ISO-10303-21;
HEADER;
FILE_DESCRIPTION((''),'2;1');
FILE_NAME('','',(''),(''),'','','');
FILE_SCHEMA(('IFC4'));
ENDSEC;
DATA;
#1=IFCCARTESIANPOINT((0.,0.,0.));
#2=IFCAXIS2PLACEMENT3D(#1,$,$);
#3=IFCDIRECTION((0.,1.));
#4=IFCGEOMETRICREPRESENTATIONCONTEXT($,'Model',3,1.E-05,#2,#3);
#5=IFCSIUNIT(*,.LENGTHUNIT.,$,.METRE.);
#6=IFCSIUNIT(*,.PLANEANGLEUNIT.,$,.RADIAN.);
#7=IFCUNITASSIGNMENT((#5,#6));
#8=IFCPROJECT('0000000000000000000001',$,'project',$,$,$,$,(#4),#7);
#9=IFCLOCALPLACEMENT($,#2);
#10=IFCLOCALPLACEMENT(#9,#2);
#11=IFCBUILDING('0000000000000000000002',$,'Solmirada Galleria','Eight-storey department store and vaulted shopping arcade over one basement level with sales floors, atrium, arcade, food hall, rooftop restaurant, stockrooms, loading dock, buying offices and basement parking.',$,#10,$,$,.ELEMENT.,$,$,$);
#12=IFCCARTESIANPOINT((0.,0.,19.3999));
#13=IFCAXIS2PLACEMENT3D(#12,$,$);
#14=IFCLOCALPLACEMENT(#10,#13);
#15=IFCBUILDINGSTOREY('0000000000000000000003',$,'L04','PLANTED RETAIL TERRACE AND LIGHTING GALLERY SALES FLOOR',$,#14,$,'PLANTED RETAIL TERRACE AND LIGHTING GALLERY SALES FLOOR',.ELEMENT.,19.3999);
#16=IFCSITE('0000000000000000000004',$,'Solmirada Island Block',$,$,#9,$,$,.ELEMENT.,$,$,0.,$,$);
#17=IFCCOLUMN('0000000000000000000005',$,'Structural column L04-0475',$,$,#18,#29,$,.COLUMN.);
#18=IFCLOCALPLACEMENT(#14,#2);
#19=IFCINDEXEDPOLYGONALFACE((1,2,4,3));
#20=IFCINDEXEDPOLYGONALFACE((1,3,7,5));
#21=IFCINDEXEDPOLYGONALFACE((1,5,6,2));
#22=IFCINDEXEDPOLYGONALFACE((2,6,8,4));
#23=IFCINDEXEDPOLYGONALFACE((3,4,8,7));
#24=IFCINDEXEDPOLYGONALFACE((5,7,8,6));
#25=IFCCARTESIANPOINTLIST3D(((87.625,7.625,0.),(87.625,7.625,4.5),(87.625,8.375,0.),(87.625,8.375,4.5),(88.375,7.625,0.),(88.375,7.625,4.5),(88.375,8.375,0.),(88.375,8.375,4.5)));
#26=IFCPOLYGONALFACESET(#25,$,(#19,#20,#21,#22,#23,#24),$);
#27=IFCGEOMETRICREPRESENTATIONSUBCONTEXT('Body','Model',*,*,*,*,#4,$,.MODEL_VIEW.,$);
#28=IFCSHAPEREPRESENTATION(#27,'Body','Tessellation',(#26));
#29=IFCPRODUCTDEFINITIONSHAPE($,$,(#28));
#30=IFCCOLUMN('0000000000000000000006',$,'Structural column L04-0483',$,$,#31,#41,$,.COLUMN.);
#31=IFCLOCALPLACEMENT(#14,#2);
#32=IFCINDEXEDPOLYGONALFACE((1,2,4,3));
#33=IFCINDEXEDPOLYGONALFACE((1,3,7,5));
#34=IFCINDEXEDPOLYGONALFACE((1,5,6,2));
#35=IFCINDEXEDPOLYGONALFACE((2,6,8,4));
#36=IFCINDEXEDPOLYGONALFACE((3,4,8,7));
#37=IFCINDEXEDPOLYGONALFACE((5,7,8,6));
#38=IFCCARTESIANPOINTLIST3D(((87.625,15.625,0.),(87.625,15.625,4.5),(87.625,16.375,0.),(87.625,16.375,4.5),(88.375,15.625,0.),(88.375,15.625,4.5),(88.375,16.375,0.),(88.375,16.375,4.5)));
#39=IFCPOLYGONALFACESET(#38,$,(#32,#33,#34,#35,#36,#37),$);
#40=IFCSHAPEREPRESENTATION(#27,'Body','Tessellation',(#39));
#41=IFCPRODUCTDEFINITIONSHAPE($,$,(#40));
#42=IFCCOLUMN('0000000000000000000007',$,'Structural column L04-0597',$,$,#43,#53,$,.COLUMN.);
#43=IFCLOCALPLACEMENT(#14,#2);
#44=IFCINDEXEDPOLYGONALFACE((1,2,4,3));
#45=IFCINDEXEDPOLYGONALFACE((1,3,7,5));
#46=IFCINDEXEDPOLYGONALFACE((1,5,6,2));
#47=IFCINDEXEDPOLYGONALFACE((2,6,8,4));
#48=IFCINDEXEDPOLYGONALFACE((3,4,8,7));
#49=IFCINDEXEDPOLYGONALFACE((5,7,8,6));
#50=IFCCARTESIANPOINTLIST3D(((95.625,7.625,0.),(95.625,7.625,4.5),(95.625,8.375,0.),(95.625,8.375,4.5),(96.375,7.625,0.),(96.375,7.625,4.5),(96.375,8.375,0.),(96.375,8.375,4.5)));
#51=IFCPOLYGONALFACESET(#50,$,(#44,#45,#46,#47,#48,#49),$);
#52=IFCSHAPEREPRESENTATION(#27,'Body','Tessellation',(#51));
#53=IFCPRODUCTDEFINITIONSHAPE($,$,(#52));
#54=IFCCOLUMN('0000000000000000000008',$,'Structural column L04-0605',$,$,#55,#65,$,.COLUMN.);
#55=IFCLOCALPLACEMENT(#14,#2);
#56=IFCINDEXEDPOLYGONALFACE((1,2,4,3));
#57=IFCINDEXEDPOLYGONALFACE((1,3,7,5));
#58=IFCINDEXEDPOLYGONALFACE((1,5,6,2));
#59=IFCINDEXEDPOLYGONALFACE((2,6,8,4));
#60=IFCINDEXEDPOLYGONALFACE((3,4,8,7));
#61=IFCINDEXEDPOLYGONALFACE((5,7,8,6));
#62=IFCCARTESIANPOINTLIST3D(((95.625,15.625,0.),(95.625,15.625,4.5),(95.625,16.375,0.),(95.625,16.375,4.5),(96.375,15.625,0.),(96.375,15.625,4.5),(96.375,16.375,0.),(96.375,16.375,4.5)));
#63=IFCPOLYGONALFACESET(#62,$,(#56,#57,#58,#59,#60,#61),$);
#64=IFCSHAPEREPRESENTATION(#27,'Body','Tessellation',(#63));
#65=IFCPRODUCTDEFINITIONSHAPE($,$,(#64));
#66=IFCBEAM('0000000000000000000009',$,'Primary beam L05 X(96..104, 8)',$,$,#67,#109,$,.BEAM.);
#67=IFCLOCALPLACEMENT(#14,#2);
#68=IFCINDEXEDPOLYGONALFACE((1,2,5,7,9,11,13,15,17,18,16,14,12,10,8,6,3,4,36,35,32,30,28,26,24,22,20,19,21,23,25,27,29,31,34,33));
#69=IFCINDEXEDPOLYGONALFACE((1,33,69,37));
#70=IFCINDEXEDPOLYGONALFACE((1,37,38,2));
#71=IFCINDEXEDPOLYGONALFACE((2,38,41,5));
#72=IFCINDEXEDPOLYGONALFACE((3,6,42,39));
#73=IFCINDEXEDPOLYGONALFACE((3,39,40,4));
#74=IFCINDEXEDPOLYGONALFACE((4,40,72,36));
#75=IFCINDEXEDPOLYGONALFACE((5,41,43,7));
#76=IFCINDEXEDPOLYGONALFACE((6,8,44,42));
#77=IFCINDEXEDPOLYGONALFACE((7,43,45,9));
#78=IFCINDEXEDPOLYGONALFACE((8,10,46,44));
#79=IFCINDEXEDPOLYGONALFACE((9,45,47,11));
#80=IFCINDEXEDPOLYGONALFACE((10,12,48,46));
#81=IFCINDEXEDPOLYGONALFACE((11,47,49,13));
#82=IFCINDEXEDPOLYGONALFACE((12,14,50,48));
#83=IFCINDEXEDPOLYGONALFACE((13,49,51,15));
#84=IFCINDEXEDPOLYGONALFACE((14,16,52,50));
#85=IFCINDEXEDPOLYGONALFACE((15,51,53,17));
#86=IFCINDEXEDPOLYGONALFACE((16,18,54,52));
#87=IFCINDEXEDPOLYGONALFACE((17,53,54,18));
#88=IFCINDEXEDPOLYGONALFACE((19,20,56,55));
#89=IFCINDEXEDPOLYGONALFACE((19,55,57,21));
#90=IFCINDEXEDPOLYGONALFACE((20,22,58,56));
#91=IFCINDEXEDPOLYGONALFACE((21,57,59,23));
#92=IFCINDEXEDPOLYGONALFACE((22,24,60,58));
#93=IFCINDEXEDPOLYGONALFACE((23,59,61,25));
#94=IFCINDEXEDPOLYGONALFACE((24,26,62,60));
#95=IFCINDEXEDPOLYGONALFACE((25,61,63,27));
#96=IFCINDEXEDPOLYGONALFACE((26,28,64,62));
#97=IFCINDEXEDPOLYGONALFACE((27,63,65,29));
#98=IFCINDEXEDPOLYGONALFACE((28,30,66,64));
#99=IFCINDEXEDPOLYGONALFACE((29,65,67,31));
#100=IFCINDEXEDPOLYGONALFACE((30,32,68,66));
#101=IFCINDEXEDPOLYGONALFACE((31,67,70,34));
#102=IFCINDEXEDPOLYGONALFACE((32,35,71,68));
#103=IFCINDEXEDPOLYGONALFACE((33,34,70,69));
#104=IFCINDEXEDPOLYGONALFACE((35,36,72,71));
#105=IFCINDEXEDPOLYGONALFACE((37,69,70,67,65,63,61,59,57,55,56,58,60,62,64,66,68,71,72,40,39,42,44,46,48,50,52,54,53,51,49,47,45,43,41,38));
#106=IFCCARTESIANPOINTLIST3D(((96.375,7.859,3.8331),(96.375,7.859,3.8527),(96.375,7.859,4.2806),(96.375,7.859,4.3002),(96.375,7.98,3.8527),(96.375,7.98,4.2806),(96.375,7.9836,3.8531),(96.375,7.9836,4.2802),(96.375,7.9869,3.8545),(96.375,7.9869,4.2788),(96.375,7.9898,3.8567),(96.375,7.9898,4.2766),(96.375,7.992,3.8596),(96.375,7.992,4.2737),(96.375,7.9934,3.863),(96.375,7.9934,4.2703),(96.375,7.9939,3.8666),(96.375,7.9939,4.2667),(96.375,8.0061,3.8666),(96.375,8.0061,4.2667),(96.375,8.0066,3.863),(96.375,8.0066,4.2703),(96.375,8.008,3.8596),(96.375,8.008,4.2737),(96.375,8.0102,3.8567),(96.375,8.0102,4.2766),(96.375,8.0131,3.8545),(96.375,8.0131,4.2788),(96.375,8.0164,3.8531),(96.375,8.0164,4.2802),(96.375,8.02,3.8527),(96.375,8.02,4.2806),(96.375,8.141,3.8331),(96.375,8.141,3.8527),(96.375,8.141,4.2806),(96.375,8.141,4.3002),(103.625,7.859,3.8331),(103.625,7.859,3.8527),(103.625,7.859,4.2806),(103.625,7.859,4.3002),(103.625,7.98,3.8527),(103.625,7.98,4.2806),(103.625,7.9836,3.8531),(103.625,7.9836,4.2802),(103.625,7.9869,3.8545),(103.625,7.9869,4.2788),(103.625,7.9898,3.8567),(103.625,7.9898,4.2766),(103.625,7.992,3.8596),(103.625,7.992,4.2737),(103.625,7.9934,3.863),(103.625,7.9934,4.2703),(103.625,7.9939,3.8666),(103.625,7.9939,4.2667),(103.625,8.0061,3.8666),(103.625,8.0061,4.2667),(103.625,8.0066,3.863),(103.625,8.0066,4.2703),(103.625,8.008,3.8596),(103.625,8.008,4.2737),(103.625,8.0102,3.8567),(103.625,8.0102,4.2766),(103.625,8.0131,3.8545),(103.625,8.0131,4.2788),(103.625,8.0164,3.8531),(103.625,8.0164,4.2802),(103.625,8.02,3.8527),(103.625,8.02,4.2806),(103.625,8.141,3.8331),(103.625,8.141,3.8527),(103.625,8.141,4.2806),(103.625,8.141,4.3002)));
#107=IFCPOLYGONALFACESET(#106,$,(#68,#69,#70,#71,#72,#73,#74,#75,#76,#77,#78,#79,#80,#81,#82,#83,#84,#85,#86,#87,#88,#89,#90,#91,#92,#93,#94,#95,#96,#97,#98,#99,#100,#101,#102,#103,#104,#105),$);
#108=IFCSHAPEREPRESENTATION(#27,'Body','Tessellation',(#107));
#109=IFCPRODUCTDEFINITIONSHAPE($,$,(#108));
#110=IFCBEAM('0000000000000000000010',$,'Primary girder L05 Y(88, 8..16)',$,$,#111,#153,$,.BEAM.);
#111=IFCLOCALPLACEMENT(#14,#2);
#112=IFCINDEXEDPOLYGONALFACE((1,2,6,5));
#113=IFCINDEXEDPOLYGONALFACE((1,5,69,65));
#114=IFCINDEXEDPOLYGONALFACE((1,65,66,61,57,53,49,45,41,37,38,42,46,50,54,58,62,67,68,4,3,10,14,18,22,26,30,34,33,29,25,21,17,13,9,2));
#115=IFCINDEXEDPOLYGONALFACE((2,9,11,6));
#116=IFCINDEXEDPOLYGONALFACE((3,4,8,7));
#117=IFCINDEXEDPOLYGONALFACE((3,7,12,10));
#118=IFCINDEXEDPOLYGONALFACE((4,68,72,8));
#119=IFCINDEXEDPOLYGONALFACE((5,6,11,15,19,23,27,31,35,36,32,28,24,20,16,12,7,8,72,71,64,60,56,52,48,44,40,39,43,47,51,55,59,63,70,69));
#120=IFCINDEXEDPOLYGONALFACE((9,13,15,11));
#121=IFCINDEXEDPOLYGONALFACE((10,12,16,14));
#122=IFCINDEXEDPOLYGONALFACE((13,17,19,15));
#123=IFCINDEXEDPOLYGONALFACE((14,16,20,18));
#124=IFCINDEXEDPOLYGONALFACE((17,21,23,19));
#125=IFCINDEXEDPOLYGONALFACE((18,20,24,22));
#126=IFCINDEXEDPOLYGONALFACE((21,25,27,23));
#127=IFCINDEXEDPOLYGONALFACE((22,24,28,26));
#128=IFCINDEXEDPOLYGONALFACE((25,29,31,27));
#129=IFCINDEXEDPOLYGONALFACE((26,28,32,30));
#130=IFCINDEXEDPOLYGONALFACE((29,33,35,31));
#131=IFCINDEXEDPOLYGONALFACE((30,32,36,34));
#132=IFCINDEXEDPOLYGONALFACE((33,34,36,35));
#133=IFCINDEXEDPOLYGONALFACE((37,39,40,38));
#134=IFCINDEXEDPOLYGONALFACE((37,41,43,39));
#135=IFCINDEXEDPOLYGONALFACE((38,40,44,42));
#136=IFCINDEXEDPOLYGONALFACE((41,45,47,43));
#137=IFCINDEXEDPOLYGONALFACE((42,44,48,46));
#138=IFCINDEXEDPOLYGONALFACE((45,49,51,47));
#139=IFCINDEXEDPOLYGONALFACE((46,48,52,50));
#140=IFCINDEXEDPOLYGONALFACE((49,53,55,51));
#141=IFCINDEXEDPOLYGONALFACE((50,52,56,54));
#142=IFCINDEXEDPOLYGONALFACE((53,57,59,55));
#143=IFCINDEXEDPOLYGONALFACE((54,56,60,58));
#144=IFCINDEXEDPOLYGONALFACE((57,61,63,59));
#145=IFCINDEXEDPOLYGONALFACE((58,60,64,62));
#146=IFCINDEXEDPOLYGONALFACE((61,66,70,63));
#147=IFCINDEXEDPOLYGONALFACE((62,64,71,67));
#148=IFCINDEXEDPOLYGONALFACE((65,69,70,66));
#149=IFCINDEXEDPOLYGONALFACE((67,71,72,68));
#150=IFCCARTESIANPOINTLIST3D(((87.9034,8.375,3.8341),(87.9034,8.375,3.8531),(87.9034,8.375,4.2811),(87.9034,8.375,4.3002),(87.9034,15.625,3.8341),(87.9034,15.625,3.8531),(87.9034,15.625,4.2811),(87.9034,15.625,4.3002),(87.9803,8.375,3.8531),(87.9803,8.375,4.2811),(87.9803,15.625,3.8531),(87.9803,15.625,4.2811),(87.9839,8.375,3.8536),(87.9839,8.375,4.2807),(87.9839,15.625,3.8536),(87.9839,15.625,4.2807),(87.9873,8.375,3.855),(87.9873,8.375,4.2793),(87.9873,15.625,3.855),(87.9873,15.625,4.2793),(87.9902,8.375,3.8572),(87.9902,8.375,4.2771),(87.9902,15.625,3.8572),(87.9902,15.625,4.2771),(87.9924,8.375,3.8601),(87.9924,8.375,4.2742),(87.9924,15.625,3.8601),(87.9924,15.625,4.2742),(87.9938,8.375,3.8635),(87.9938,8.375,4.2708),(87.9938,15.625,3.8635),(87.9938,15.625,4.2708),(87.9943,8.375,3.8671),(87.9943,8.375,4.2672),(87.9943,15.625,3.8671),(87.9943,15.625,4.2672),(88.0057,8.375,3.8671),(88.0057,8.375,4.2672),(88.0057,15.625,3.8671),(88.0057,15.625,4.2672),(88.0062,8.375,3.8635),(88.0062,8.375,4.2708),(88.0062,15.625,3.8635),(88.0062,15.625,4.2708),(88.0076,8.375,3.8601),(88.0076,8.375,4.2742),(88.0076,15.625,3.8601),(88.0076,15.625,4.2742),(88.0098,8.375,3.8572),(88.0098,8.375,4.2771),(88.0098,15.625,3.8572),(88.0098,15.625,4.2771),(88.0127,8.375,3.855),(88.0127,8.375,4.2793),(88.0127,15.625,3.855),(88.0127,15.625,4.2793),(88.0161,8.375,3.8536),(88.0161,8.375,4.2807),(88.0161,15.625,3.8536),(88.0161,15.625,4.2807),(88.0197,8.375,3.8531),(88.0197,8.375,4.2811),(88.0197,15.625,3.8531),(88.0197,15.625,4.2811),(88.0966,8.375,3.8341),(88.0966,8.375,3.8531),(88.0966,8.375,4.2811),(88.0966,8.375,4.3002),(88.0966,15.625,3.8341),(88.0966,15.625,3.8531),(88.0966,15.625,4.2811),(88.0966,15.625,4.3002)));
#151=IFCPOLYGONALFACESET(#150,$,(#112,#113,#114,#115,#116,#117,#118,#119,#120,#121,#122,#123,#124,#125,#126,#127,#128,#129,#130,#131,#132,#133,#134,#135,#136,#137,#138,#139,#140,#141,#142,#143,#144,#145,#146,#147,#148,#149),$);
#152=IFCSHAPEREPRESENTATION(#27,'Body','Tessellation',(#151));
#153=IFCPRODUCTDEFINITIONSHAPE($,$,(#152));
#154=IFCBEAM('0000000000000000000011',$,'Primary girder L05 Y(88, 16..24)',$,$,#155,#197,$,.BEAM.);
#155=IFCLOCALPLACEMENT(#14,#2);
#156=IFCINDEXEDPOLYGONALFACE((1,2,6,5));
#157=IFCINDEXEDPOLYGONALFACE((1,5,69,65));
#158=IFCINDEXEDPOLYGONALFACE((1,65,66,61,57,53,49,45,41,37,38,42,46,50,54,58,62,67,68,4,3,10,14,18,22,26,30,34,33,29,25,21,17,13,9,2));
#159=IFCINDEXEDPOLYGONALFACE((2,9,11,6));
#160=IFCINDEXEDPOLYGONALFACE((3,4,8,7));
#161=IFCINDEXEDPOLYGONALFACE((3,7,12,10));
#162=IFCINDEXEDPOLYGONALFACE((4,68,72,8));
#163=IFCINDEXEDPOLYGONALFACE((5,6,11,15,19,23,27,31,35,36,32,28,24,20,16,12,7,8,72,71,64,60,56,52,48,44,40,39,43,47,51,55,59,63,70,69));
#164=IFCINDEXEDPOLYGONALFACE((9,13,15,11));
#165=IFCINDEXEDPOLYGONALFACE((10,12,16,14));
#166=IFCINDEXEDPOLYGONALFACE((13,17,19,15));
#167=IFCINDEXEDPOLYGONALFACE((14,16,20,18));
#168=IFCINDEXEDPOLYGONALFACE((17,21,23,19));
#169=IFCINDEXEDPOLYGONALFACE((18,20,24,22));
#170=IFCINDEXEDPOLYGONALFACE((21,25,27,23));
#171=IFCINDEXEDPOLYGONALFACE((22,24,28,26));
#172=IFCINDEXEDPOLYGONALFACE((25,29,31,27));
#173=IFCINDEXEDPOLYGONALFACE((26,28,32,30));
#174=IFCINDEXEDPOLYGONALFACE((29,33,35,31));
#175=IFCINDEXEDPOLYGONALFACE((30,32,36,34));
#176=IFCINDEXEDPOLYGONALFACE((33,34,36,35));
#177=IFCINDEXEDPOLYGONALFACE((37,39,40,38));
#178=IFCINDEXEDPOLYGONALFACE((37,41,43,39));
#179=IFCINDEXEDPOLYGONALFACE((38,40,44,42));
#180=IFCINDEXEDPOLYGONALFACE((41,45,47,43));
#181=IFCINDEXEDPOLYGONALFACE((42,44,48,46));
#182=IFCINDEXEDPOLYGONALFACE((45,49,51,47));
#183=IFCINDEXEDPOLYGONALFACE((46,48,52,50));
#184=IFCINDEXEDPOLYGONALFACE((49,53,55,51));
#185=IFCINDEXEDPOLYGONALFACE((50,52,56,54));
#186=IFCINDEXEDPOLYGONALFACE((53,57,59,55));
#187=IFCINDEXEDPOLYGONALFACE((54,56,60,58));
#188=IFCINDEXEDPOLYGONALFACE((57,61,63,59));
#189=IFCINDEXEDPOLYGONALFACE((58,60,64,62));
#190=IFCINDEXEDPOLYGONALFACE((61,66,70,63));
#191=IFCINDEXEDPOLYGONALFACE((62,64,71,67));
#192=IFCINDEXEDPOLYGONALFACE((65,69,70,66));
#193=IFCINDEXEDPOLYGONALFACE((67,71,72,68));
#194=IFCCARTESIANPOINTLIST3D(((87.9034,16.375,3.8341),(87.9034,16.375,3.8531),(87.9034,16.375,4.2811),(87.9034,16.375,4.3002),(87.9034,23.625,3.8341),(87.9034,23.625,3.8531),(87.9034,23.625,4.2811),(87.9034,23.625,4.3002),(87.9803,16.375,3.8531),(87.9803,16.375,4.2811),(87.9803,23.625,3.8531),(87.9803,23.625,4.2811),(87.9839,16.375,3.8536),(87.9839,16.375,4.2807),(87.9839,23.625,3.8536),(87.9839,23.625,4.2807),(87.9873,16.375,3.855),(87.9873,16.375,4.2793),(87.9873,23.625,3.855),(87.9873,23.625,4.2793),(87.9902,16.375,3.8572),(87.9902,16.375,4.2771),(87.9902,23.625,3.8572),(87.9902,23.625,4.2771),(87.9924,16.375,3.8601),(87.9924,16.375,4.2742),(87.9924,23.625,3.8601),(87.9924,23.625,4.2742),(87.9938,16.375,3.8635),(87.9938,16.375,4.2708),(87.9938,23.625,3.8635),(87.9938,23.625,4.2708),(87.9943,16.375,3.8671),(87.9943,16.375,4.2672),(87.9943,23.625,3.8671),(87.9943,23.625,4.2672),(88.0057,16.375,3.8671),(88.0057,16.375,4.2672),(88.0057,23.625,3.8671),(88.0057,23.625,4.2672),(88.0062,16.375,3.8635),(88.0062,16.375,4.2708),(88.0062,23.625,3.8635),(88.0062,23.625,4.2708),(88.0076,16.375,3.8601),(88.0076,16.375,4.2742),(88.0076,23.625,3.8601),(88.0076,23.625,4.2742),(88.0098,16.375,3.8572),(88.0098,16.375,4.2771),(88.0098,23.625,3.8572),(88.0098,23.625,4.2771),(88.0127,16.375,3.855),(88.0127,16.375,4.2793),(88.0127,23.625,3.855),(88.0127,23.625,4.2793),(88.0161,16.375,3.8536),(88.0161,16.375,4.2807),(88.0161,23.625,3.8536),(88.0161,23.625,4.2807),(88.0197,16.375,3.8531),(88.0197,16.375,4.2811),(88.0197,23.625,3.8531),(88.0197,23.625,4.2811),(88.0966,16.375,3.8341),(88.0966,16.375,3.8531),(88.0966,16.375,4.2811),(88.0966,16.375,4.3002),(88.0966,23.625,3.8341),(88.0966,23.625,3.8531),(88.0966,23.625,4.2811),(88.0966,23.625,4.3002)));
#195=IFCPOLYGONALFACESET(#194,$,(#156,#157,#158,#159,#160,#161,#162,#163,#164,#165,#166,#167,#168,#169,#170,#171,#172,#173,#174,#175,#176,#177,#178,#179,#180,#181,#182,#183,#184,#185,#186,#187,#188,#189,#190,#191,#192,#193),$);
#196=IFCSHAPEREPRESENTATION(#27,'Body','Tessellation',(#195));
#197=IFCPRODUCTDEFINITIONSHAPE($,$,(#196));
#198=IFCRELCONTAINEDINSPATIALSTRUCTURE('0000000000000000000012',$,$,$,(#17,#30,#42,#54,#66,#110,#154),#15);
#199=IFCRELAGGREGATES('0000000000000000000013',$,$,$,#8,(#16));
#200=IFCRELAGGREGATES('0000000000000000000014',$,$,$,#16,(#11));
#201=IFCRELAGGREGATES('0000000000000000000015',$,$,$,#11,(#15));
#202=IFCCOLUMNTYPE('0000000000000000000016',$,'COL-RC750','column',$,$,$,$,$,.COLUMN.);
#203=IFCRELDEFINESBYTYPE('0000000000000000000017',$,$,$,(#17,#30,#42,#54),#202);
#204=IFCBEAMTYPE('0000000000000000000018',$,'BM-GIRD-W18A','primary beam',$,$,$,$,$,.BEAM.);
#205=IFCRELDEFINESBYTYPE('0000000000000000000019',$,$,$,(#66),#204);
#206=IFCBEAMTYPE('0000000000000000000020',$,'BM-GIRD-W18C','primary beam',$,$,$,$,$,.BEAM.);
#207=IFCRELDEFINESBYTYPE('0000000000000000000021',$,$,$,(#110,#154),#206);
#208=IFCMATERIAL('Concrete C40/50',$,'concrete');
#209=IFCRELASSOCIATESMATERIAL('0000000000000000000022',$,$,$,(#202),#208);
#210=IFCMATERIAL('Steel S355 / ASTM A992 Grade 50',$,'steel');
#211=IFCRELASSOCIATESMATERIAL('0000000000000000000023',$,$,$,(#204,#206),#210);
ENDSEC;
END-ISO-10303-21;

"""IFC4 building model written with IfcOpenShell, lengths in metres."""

from ifc_helpers import new_model, si_unit, direction, frame, origin, origin_2d, place, context, subcontext, project, spatial, rectangle, i_section, extrude, material, material_profile, profile_set, type_object, element, save


model = new_model("IFC4")

# Units and contexts
model_context = context("Model", 3, precision=1e-05, world=origin(), true_north=direction((0.0, 1.0)))
body_context = subcontext(model_context, "Body", "Model", "MODEL_VIEW")
ifc_project = project(units=[si_unit("LENGTHUNIT", "METRE"), si_unit("PLANEANGLEUNIT", "RADIAN")], contexts=[model_context])

# Site, building, storey
site_placement = place(None, origin())
site = spatial("IfcSite", under=ifc_project, at=site_placement, Name="Solmirada Island Block", CompositionType="ELEMENT", RefElevation=0.0)
building_placement = place(site_placement, origin())
building = spatial("IfcBuilding", under=site, at=building_placement, Name="Solmirada Galleria", Description="Eight-storey department store and vaulted shopping arcade over one basement level with sales floors, atrium, arcade, food hall, rooftop restaurant, stockrooms, loading dock, buying offices and basement parking.", CompositionType="ELEMENT")
storey_placement = place(building_placement, frame((0.0, 0.0, 19.3999)))
storey = spatial("IfcBuildingStorey", under=building, at=storey_placement, Name="L04", Description="PLANTED RETAIL TERRACE AND LIGHTING GALLERY SALES FLOOR", LongName="PLANTED RETAIL TERRACE AND LIGHTING GALLERY SALES FLOOR", CompositionType="ELEMENT", Elevation=19.3999)

# Columns
ifc_material_1 = material(Name="Concrete C40/50", Category="concrete")
ifc_material_profile_1 = material_profile(ifc_material_1, rectangle(XDim=0.75, YDim=0.75, at=origin_2d()), Name="RC750X750")
ifc_profile_set_1 = profile_set([ifc_material_profile_1], Name="Concrete C40/50")
column_type = type_object("IfcColumnType", Name="COL-RC750", Description="column", PredefinedType="COLUMN", material=ifc_profile_set_1)
for number, where, z_axis, x_axis, name in (
    (1, (88.0, 8.0, 0.0), (0.0, 0.0, 1.0), (1.0, 0.0, 0.0), "Structural column L04-0475"),
    (2, (88.0, 16.0, 0.0), (0.0, 0.0, 1.0), (1.0, 0.0, 0.0), "Structural column L04-0483"),
    (3, (96.0, 8.0, 0.0), (0.0, 0.0, 1.0), (1.0, 0.0, 0.0), "Structural column L04-0597"),
    (4, (96.0, 16.0, 0.0), (0.0, 0.0, 1.0), (1.0, 0.0, 0.0), "Structural column L04-0605"),
):
    element("IfcColumn", number, at=place(storey_placement, frame(where, z_axis=z_axis, x_axis=x_axis)), inside=storey, type_object=column_type, Name=name, PredefinedType="COLUMN", context=body_context, shape_type="SweptSolid", body=[
        extrude(rectangle(XDim=0.75, YDim=0.75, at=origin_2d()), origin(), (0.0, 0.0, 1.0), 4.5),
    ])

# Beams
ifc_material_2 = material(Name="Steel S355 / ASTM A992 Grade 50", Category="steel")
ifc_material_profile_2 = material_profile(ifc_material_2, i_section(OverallWidth=0.282, OverallDepth=0.467, WebThickness=0.0122, FlangeThickness=0.0195, FilletRadius=0.0139, at=origin_2d()), Name="W18X86")
ifc_profile_set_2 = profile_set([ifc_material_profile_2], Name="Steel S355 / ASTM A992 Grade 50")
beam_type_1 = type_object("IfcBeamType", Name="BM-GIRD-W18A", Description="primary beam", PredefinedType="BEAM", material=ifc_profile_set_2)
beam_placement = place(storey_placement, frame((96.375, 8.0, 4.0667), z_axis=(1.0, 0.0, 0.0), x_axis=(0.0, 1.0, 0.0)))
element("IfcBeam", 5, at=beam_placement, inside=storey, type_object=beam_type_1, Name="Primary beam L05 X(96..104, 8)", PredefinedType="BEAM", context=body_context, shape_type="SweptSolid", body=[
    extrude(i_section(OverallWidth=0.282, OverallDepth=0.467, WebThickness=0.0122, FlangeThickness=0.0195, FilletRadius=0.0139, at=origin_2d()), origin(), (0.0, 0.0, 1.0), 7.25),
])
ifc_material_profile_3 = material_profile(ifc_material_2, i_section(OverallWidth=0.1931, OverallDepth=0.4661, WebThickness=0.0115, FlangeThickness=0.019, FilletRadius=0.0139, at=origin_2d()), Name="W18X65")
ifc_profile_set_3 = profile_set([ifc_material_profile_3], Name="Steel S355 / ASTM A992 Grade 50")
beam_type_2 = type_object("IfcBeamType", Name="BM-GIRD-W18C", Description="primary beam", PredefinedType="BEAM", material=ifc_profile_set_3)
for number, where, z_axis, x_axis, name in (
    (6, (88.0, 8.375, 4.0671), (0.0, 1.0, 0.0), (-1.0, 0.0, 0.0), "Primary girder L05 Y(88, 8..16)"),
    (7, (88.0, 16.375, 4.0671), (0.0, 1.0, 0.0), (-1.0, 0.0, 0.0), "Primary girder L05 Y(88, 16..24)"),
):
    element("IfcBeam", number, at=place(storey_placement, frame(where, z_axis=z_axis, x_axis=x_axis)), inside=storey, type_object=beam_type_2, Name=name, PredefinedType="BEAM", context=body_context, shape_type="SweptSolid", body=[
        extrude(i_section(OverallWidth=0.1931, OverallDepth=0.4661, WebThickness=0.0115, FlangeThickness=0.019, FilletRadius=0.0139, at=origin_2d()), origin(), (0.0, 0.0, 1.0), 7.25),
    ])

save(model, "model.ifc")
